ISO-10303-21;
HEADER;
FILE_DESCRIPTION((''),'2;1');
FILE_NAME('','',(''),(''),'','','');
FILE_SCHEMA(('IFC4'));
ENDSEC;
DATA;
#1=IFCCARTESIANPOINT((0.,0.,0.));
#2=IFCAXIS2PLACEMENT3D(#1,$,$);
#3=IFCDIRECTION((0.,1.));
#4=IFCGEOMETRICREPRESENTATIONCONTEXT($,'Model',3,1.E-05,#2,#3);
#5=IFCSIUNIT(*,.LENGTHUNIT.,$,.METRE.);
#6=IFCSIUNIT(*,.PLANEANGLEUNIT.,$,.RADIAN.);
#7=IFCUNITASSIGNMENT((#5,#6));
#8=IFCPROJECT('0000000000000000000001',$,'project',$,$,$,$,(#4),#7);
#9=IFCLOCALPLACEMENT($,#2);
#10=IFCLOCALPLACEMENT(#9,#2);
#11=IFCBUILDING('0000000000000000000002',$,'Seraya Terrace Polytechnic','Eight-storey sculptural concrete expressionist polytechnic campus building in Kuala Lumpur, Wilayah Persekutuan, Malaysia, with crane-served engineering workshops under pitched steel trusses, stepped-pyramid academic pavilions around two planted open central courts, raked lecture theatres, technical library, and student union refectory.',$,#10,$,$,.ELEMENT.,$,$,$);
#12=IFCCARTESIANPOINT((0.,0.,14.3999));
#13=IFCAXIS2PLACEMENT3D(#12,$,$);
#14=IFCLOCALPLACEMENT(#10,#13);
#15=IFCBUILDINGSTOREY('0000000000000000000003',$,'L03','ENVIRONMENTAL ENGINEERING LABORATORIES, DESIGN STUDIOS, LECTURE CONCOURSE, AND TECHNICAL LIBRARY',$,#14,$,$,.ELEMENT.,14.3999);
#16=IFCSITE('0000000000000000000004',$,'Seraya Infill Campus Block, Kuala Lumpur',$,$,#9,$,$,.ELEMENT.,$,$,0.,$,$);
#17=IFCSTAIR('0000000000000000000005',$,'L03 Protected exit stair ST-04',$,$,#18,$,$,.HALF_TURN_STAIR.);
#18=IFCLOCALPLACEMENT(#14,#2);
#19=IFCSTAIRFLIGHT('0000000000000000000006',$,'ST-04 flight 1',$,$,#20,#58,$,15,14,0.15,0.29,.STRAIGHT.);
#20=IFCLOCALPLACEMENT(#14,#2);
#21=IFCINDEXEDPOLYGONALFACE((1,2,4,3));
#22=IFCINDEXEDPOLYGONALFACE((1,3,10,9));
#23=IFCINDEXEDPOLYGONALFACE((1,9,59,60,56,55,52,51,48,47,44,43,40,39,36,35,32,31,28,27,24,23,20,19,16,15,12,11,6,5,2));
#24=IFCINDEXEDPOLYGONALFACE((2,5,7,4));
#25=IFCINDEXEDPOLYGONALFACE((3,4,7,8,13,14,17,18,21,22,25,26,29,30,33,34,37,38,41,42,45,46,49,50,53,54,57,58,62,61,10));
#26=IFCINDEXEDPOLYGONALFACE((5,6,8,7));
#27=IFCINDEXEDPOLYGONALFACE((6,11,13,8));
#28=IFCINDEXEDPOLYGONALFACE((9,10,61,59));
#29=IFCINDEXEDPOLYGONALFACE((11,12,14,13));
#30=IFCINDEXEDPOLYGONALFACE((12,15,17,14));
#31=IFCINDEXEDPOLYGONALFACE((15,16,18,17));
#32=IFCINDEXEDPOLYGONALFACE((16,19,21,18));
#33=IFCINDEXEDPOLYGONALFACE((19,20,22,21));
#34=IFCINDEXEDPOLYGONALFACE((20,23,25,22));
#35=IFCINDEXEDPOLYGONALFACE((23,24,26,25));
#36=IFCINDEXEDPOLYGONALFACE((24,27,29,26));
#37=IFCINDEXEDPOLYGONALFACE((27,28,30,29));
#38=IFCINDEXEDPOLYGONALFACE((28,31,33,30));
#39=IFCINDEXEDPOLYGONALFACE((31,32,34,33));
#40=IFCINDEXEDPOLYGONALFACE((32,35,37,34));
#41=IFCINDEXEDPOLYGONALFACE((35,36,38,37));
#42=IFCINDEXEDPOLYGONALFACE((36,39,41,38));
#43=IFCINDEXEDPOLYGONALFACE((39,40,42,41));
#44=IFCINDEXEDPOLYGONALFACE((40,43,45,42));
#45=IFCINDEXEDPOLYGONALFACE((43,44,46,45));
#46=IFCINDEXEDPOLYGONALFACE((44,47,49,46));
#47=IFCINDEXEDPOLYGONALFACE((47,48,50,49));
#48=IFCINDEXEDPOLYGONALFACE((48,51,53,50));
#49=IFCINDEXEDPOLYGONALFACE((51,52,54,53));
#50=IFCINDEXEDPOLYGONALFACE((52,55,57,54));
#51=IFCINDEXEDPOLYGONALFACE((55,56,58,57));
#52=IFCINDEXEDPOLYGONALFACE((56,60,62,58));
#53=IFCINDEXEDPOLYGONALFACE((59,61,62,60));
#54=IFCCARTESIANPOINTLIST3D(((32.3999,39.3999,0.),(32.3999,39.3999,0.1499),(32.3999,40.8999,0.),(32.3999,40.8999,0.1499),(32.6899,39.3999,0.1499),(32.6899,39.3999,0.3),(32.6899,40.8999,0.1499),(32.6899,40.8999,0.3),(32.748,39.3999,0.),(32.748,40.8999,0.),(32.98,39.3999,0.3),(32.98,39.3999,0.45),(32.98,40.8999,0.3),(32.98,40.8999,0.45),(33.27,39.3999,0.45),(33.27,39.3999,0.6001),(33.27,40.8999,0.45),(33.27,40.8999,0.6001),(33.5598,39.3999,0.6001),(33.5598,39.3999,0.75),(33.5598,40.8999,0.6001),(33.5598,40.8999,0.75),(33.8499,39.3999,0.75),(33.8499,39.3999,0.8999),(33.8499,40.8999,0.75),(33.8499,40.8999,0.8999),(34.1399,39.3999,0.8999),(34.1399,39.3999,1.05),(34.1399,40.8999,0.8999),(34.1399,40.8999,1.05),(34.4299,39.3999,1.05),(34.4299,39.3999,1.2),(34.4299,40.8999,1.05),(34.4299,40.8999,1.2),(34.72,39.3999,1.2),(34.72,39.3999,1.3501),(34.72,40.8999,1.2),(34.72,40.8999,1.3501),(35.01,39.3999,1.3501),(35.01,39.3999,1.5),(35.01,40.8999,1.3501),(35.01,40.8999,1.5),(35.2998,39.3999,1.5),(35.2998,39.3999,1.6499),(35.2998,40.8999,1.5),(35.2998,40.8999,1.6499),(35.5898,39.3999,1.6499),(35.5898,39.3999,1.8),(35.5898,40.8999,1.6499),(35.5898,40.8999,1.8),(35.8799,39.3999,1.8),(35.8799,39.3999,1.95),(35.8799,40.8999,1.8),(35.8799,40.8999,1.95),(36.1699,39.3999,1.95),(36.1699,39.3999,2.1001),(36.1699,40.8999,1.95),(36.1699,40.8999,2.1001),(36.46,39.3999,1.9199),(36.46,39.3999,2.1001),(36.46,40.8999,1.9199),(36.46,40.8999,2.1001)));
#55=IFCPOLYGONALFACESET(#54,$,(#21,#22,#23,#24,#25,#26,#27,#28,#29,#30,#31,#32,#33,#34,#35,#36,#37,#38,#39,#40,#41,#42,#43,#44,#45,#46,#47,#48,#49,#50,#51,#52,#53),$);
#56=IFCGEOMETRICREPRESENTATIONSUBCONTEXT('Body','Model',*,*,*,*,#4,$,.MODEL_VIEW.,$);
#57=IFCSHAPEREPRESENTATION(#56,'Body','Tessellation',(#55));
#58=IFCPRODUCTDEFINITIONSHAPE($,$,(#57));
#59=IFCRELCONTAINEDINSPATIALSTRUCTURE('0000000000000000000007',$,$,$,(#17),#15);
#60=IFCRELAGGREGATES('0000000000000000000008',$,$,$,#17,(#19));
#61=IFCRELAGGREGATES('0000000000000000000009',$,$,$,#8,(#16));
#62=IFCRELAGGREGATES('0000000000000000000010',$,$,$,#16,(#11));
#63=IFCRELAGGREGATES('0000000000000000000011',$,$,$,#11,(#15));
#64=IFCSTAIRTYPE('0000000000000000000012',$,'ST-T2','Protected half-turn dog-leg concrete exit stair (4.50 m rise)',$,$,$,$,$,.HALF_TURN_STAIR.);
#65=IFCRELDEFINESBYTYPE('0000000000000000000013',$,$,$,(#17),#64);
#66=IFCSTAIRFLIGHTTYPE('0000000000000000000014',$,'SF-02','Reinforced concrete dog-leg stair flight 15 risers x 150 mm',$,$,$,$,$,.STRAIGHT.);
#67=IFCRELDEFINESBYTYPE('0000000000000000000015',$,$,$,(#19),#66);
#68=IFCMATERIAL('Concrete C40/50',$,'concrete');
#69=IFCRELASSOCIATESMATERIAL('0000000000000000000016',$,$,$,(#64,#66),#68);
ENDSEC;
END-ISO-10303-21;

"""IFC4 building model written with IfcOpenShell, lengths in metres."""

from ifc_helpers import new_model, si_unit, direction, frame, origin, place, context, subcontext, project, spatial, polyline, outline, extrude, material, type_object, element, aggregate, save


model = new_model("IFC4")

# Units and contexts
model_context = context("Model", 3, precision=1e-05, world=origin(), true_north=direction((0.0, 1.0)))
body_context = subcontext(model_context, "Body", "Model", "MODEL_VIEW")
ifc_project = project(units=[si_unit("LENGTHUNIT", "METRE"), si_unit("PLANEANGLEUNIT", "RADIAN")], contexts=[model_context])

# Site, building, storey
site_placement = place(None, origin())
site = spatial("IfcSite", under=ifc_project, at=site_placement, Name="Seraya Infill Campus Block, Kuala Lumpur", CompositionType="ELEMENT", RefElevation=0.0)
building_placement = place(site_placement, origin())
building = spatial("IfcBuilding", under=site, at=building_placement, Name="Seraya Terrace Polytechnic", Description="Eight-storey sculptural concrete expressionist polytechnic campus building in Kuala Lumpur, Wilayah Persekutuan, Malaysia, with crane-served engineering workshops under pitched steel trusses, stepped-pyramid academic pavilions around two planted open central courts, raked lecture theatres, technical library, and student union refectory.", CompositionType="ELEMENT")
storey_placement = place(building_placement, frame((0.0, 0.0, 14.3999)))
storey = spatial("IfcBuildingStorey", under=building, at=storey_placement, Name="L03", Description="ENVIRONMENTAL ENGINEERING LABORATORIES, DESIGN STUDIOS, LECTURE CONCOURSE, AND TECHNICAL LIBRARY", CompositionType="ELEMENT", Elevation=14.3999)

# Shared definitions
ifc_material_1 = material(Name="Concrete C40/50", Category="concrete")

# Stair, stair flight
stair_type = type_object("IfcStairType", Name="ST-T2", Description="Protected half-turn dog-leg concrete exit stair (4.50 m rise)", PredefinedType="HALF_TURN_STAIR", material=ifc_material_1)
stair_placement = place(storey_placement, origin())
stair = element("IfcStair", 1, at=stair_placement, inside=storey, type_object=stair_type, Name="L03 Protected exit stair ST-04", PredefinedType="HALF_TURN_STAIR")
stair_flight_type = type_object("IfcStairFlightType", Name="SF-02", Description="Reinforced concrete dog-leg stair flight 15 risers x 150 mm", PredefinedType="STRAIGHT", material=ifc_material_1)
stair_flight_placement = place(storey_placement, frame((32.3999, 40.1499, 0.0), z_axis=(0.0, 0.0, 1.0), x_axis=(1.0, 0.0, 0.0)))
stair_flight = element("IfcStairFlight", 2, at=stair_flight_placement, type_object=stair_flight_type, Name="ST-04 flight 1", NumberOfRisers=15, NumberOfTreads=14, PredefinedType="STRAIGHT", RiserHeight=0.15, TreadLength=0.29, context=body_context, shape_type="SweptSolid", body=[
    extrude(outline(polyline([(0.0, 0.0), (0.0, 0.1499), (0.29, 0.1499), (0.29, 0.3), (0.5801, 0.3), (0.5801, 0.45), (0.8701, 0.45), (0.8701, 0.6001), (1.1599, 0.6001), (1.1599, 0.75), (1.45, 0.75), (1.45, 0.8999), (1.74, 0.8999), (1.74, 1.05), (2.03, 1.05), (2.03, 1.2), (2.3201, 1.2), (2.3201, 1.3501), (2.6101, 1.3501), (2.6101, 1.5), (2.8999, 1.5), (2.8999, 1.6499), (3.1899, 1.6499), (3.1899, 1.8), (3.48, 1.8), (3.48, 1.95), (3.77, 1.95), (3.77, 2.1001), (4.0601, 2.1001), (4.0601, 2.25), (4.0601, 1.9199), (0.3481, 0.0), (0.0, 0.0)])), frame((0.0, 0.75, 0.0), z_axis=(0.0, -1.0, 0.0), x_axis=(1.0, 0.0, 0.0)), (0.0, 0.0, 1.0), 1.5),
])
aggregate(stair, [stair_flight])

save(model, "model.ifc")
